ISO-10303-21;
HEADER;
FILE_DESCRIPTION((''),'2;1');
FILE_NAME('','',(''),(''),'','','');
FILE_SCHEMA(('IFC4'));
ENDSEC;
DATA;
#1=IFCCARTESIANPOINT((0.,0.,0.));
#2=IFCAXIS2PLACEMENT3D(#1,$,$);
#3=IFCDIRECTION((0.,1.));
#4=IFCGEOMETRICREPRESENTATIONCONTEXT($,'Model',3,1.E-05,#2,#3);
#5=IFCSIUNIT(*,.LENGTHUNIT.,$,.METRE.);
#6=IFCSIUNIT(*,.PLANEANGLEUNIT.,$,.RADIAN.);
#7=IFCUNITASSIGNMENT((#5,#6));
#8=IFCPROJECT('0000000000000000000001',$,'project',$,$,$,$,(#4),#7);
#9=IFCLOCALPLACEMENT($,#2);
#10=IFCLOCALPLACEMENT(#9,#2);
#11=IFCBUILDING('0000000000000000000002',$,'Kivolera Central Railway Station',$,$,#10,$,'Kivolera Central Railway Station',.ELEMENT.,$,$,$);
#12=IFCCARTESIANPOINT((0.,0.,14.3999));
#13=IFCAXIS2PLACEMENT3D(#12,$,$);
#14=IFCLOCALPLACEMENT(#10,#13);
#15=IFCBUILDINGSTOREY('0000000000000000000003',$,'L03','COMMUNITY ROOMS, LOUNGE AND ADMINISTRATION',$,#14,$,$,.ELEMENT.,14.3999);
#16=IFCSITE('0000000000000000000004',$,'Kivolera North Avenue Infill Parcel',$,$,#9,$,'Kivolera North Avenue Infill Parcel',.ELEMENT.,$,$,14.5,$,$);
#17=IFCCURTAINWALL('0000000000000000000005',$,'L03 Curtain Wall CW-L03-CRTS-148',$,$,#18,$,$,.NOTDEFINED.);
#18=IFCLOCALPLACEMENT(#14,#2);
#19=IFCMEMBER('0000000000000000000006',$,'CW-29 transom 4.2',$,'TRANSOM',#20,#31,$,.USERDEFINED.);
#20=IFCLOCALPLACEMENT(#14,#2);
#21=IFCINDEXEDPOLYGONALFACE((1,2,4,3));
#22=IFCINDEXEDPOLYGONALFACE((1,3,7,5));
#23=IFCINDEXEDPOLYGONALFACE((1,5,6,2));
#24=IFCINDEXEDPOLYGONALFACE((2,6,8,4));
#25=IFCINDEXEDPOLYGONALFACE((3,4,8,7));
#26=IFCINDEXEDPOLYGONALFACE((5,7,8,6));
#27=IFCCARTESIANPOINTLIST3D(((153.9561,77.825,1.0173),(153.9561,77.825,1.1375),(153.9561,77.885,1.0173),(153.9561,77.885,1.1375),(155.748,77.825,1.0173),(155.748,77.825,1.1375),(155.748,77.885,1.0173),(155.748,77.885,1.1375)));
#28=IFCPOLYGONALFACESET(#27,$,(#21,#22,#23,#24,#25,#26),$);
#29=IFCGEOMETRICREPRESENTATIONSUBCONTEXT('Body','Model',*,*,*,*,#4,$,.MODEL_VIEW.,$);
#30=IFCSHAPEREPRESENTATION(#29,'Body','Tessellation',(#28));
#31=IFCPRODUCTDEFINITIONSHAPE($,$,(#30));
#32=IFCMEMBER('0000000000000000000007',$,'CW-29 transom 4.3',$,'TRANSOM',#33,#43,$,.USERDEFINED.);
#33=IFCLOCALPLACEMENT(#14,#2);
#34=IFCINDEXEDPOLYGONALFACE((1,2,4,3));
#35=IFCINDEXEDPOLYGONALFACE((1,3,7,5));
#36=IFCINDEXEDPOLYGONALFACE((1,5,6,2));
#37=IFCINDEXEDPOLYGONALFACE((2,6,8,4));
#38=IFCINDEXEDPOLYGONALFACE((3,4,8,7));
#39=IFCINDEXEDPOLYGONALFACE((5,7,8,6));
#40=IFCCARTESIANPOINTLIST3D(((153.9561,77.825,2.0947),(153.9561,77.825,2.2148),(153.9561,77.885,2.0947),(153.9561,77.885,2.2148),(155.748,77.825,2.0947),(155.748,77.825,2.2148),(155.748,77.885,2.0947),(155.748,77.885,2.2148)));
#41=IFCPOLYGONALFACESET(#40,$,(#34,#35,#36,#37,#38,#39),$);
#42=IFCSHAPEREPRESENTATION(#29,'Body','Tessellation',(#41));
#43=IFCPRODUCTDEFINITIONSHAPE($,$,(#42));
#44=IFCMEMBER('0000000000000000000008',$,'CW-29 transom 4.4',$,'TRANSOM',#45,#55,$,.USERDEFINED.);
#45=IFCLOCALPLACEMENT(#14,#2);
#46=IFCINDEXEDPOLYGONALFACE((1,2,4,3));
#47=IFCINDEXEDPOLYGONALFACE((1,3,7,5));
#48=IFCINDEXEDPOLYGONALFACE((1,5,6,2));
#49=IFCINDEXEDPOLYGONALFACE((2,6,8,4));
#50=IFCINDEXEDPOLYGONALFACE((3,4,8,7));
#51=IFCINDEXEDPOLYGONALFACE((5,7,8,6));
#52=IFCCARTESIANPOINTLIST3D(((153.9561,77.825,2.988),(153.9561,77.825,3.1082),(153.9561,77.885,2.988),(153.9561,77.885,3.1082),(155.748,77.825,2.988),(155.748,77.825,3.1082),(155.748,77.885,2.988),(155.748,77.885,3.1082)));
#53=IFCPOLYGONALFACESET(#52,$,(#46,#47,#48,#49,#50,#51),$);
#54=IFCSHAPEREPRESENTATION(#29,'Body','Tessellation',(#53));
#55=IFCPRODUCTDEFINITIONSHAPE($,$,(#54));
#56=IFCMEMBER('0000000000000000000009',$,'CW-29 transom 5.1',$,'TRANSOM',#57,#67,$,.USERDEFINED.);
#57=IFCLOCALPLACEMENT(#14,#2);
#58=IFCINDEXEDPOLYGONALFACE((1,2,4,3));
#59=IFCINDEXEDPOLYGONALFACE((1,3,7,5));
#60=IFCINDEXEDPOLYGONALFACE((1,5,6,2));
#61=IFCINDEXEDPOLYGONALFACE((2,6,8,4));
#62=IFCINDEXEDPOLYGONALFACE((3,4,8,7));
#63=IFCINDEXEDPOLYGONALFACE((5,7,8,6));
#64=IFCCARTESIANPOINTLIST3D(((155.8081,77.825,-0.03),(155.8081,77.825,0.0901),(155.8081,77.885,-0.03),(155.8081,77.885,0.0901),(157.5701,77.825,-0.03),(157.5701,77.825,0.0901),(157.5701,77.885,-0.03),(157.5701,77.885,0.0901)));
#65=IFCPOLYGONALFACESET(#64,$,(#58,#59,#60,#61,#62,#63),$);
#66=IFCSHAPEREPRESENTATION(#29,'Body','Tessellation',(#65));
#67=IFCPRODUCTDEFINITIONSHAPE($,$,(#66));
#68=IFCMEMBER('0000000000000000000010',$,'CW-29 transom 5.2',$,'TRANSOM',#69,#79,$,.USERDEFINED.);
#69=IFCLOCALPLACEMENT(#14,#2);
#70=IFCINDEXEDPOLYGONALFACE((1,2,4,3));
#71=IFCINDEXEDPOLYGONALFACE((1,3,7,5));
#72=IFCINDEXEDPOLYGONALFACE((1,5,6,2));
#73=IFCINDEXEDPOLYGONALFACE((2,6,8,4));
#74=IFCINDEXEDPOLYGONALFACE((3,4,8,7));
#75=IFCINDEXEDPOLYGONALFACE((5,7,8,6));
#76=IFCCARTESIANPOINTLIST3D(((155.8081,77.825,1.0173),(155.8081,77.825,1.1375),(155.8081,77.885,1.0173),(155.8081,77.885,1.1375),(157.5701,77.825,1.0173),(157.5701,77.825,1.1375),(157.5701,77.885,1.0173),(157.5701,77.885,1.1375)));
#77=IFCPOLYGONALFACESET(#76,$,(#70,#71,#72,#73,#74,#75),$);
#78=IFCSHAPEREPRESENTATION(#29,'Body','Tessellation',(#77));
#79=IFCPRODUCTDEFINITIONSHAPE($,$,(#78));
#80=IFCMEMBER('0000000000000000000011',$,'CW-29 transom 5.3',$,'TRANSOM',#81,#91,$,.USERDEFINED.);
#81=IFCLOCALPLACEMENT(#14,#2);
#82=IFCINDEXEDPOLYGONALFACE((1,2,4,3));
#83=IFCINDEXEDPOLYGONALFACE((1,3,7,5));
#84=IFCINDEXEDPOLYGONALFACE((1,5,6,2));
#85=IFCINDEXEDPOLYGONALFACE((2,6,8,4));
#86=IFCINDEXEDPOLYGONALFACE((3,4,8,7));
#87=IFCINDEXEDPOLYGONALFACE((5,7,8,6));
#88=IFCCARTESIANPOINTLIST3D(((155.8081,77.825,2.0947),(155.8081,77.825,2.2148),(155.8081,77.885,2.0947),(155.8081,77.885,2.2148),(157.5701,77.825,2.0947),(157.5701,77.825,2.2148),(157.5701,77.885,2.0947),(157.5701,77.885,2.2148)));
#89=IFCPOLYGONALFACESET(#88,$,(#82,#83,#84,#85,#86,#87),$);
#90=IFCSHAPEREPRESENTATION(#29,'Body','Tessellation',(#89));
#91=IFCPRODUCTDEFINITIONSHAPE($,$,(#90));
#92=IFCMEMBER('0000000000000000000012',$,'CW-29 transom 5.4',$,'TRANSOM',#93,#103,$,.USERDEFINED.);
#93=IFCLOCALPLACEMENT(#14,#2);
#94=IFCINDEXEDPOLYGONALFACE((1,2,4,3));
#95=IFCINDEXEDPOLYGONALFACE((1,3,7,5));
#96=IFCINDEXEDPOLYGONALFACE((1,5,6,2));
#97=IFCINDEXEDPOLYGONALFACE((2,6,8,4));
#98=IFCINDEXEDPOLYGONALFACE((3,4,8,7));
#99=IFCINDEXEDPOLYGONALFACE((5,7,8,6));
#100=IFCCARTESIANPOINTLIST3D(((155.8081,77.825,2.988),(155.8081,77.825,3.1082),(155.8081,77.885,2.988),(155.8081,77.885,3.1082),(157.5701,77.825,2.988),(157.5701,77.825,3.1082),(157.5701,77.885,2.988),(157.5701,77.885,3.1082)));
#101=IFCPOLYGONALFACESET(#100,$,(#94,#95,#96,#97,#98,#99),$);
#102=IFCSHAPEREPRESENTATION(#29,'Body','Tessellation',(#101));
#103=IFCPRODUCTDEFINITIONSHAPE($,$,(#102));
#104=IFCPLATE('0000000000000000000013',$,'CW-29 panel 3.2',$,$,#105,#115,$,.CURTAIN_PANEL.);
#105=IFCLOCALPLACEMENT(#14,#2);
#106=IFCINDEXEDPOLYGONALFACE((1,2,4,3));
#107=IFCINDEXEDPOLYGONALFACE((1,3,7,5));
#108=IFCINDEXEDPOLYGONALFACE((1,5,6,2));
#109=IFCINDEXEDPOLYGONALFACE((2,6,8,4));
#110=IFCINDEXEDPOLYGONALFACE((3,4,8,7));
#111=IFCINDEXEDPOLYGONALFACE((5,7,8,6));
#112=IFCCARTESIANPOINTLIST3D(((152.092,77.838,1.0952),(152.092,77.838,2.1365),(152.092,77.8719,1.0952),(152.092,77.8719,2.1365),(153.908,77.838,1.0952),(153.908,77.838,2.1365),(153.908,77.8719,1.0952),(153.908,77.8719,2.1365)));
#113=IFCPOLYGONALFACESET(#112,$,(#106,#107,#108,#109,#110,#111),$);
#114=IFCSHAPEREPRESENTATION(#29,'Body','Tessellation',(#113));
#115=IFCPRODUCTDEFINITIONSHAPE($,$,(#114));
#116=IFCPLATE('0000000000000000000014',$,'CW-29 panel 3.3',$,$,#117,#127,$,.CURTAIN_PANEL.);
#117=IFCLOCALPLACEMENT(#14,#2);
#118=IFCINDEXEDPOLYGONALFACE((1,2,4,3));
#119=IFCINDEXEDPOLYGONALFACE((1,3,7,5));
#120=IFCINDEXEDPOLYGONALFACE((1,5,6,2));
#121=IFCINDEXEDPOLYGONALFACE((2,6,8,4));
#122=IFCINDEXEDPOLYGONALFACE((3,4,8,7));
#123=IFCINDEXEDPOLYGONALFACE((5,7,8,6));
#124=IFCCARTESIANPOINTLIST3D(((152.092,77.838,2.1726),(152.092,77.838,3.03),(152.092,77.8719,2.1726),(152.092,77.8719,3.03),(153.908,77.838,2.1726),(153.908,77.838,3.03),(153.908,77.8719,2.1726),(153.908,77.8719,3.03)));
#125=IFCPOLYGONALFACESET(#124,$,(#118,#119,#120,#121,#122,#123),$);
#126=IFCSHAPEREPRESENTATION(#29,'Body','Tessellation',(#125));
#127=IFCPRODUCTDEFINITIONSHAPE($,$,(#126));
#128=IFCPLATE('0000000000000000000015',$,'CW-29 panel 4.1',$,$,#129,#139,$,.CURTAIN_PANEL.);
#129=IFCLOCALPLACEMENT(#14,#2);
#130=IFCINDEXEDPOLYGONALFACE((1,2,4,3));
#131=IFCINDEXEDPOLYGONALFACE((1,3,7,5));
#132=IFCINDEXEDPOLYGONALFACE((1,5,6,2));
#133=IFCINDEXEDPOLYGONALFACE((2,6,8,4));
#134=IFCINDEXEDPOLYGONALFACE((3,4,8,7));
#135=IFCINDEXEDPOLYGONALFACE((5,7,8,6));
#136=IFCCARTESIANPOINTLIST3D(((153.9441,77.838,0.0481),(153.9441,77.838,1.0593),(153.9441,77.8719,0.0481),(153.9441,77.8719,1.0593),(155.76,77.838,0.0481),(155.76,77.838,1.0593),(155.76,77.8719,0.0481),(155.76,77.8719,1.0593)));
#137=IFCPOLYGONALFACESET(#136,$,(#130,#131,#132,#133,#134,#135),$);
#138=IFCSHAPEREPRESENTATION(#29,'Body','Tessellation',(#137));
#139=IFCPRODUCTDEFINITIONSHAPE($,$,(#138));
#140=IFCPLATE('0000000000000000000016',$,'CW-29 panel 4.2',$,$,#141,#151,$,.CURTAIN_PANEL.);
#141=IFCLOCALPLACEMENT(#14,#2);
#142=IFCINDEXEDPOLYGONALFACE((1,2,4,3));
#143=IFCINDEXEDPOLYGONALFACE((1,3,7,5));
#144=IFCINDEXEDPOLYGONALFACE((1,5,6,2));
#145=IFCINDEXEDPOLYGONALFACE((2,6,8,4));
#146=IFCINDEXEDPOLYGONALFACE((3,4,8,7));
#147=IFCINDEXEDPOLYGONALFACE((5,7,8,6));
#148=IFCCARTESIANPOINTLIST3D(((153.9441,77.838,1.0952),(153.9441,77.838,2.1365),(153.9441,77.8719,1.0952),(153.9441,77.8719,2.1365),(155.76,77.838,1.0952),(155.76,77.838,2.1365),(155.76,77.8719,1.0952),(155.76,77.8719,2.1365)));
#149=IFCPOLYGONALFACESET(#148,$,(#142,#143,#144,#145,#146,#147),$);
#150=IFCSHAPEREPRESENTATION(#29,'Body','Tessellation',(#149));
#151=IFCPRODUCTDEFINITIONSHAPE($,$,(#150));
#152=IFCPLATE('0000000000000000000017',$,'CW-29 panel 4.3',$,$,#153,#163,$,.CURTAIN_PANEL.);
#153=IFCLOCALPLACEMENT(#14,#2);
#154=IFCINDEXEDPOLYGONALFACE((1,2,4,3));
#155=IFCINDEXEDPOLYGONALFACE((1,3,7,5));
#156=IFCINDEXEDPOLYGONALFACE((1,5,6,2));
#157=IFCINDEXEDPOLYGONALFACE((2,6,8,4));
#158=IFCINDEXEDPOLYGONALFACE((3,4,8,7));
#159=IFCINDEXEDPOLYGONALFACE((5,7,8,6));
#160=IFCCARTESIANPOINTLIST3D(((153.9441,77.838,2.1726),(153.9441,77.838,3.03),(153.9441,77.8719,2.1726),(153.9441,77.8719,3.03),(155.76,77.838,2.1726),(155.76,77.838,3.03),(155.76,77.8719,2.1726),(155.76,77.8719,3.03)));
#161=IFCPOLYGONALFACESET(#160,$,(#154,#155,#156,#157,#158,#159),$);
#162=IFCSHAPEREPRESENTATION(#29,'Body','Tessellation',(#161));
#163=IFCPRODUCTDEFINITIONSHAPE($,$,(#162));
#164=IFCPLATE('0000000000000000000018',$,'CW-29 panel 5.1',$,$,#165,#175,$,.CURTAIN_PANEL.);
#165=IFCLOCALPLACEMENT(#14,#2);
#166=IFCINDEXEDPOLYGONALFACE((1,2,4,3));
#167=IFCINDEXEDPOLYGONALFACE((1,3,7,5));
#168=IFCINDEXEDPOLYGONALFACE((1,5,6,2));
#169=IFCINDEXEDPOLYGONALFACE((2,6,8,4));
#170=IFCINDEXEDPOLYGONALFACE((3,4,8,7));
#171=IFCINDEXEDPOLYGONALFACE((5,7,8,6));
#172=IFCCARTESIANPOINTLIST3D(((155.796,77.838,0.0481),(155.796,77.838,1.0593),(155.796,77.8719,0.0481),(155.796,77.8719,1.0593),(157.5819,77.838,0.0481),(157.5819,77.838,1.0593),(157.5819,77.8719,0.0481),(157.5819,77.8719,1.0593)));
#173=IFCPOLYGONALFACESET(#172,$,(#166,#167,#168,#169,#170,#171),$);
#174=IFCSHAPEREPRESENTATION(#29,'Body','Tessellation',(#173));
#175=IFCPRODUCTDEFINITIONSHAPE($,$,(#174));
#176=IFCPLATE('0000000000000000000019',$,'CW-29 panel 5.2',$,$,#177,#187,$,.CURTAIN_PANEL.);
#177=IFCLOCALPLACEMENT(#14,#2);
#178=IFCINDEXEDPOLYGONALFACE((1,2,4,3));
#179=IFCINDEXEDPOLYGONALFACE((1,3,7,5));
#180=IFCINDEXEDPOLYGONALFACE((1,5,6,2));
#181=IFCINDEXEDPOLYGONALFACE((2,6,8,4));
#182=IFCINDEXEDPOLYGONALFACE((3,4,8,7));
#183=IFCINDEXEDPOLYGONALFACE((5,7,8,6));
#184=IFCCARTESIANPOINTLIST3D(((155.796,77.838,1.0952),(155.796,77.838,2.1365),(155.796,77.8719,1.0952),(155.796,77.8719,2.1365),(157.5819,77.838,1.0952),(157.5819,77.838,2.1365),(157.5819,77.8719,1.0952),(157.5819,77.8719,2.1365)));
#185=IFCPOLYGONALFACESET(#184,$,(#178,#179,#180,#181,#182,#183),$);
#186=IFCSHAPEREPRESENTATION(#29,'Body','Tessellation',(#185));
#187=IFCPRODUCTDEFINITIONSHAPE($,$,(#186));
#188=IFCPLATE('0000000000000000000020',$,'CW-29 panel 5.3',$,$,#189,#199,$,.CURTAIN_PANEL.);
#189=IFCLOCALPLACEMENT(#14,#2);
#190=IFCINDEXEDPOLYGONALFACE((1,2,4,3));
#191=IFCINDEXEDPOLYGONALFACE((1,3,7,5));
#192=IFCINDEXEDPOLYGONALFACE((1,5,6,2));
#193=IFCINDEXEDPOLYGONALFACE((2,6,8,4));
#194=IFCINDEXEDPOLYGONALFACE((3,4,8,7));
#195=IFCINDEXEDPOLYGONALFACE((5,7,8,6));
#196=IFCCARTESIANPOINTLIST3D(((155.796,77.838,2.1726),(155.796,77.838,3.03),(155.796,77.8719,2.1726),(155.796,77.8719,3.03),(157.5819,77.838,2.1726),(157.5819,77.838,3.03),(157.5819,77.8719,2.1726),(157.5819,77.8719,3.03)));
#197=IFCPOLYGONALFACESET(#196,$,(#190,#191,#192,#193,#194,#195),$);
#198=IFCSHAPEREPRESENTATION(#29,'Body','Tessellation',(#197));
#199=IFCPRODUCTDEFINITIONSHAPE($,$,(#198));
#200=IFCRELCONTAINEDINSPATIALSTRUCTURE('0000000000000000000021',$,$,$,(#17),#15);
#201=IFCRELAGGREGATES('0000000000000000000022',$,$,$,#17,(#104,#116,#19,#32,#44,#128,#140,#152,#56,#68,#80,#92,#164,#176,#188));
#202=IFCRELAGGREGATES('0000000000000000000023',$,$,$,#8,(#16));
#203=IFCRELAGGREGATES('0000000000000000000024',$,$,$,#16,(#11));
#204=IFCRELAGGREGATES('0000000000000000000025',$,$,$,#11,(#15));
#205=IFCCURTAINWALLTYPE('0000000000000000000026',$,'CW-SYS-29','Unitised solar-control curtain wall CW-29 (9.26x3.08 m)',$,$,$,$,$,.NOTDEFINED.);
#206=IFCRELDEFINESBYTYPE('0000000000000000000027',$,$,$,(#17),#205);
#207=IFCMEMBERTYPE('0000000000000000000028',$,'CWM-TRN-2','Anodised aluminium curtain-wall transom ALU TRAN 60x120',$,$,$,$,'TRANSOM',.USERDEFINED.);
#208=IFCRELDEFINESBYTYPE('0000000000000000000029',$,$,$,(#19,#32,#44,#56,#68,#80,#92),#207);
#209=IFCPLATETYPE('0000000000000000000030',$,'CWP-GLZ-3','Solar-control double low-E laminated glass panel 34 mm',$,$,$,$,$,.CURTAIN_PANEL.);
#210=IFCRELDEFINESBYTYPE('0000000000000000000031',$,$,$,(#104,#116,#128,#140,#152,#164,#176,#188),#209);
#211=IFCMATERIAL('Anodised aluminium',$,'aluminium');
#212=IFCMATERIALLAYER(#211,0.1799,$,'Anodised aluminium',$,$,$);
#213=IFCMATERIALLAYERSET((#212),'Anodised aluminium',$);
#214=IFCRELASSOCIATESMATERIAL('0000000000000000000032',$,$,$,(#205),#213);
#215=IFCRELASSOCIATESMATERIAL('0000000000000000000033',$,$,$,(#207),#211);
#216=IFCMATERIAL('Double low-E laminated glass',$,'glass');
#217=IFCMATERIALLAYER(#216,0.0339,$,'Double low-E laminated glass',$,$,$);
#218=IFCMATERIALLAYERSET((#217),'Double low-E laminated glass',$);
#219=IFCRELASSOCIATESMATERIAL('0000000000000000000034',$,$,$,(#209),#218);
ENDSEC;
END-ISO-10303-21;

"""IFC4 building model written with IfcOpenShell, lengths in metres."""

from ifc_helpers import new_model, si_unit, direction, frame, origin, origin_2d, place, context, subcontext, project, spatial, rectangle, extrude, material, layer, layer_set, material_profile, profile_set, type_object, element, aggregate, save


model = new_model("IFC4")

# Units and contexts
model_context = context("Model", 3, precision=1e-05, world=origin(), true_north=direction((0.0, 1.0)))
body_context = subcontext(model_context, "Body", "Model", "MODEL_VIEW")
ifc_project = project(units=[si_unit("LENGTHUNIT", "METRE"), si_unit("PLANEANGLEUNIT", "RADIAN")], contexts=[model_context])

# Site, building, storey
site_placement = place(None, origin())
site = spatial("IfcSite", under=ifc_project, at=site_placement, Name="Kivolera North Avenue Infill Parcel", LongName="Kivolera North Avenue Infill Parcel", CompositionType="ELEMENT", RefElevation=14.5)
building_placement = place(site_placement, origin())
building = spatial("IfcBuilding", under=site, at=building_placement, Name="Kivolera Central Railway Station", LongName="Kivolera Central Railway Station", CompositionType="ELEMENT")
storey_placement = place(building_placement, frame((0.0, 0.0, 14.3999)))
storey = spatial("IfcBuildingStorey", under=building, at=storey_placement, Name="L03", Description="COMMUNITY ROOMS, LOUNGE AND ADMINISTRATION", CompositionType="ELEMENT", Elevation=14.3999)

# Shared definitions
ifc_material_1 = material(Name="Anodised aluminium", Category="aluminium")

# Curtain wall
ifc_layer_1 = layer(ifc_material_1, 0.1799, Name="Anodised aluminium")
ifc_layer_set_1 = layer_set([ifc_layer_1], Name="Anodised aluminium")
curtain_wall_type_1 = type_object("IfcCurtainWallType", Name="CW-SYS-29", Description="Unitised solar-control curtain wall CW-29 (9.26x3.08 m)", PredefinedType="NOTDEFINED", material=ifc_layer_set_1)
curtain_wall_1_placement = place(storey_placement, origin())
curtain_wall_1 = element("IfcCurtainWall", 1, at=curtain_wall_1_placement, inside=storey, type_object=curtain_wall_type_1, Name="L03 Curtain Wall CW-L03-CRTS-148", PredefinedType="NOTDEFINED")

# Members
ifc_material_profile_1 = material_profile(ifc_material_1, rectangle(XDim=0.0601, YDim=0.1201, at=origin_2d()), Name="ALU TRAN 60x120")
ifc_profile_set_1 = profile_set([ifc_material_profile_1], Name="Anodised aluminium")
member_type_1 = type_object("IfcMemberType", Name="CWM-TRN-2", Description="Anodised aluminium curtain-wall transom ALU TRAN 60x120", ElementType="TRANSOM", PredefinedType="USERDEFINED", material=ifc_profile_set_1)
member_1_placement = place(storey_placement, frame((153.9561, 77.855, 1.0774), z_axis=(1.0, 0.0, 0.0), x_axis=(0.0, 1.0, 0.0)))
member_1 = element("IfcMember", 2, at=member_1_placement, type_object=member_type_1, Name="CW-29 transom 4.2", ObjectType="TRANSOM", PredefinedType="USERDEFINED", context=body_context, shape_type="SweptSolid", body=[
    extrude(rectangle(XDim=0.0601, YDim=0.1201, at=origin_2d()), origin(), (0.0, 0.0, 1.0), 1.792),
])
member_2_placement = place(storey_placement, frame((153.9561, 77.855, 2.1548), z_axis=(1.0, 0.0, 0.0), x_axis=(0.0, 1.0, 0.0)))
member_2 = element("IfcMember", 3, at=member_2_placement, type_object=member_type_1, Name="CW-29 transom 4.3", ObjectType="TRANSOM", PredefinedType="USERDEFINED", context=body_context, shape_type="SweptSolid", body=[
    extrude(rectangle(XDim=0.0601, YDim=0.1201, at=origin_2d()), origin(), (0.0, 0.0, 1.0), 1.792),
])
member_3_placement = place(storey_placement, frame((153.9561, 77.855, 3.0481), z_axis=(1.0, 0.0, 0.0), x_axis=(0.0, 1.0, 0.0)))
member_3 = element("IfcMember", 4, at=member_3_placement, type_object=member_type_1, Name="CW-29 transom 4.4", ObjectType="TRANSOM", PredefinedType="USERDEFINED", context=body_context, shape_type="SweptSolid", body=[
    extrude(rectangle(XDim=0.0601, YDim=0.1201, at=origin_2d()), origin(), (0.0, 0.0, 1.0), 1.792),
])
member_4_placement = place(storey_placement, frame((155.8081, 77.855, 0.03), z_axis=(1.0, 0.0, 0.0), x_axis=(0.0, 1.0, 0.0)))
member_4 = element("IfcMember", 5, at=member_4_placement, type_object=member_type_1, Name="CW-29 transom 5.1", ObjectType="TRANSOM", PredefinedType="USERDEFINED", context=body_context, shape_type="SweptSolid", body=[
    extrude(rectangle(XDim=0.0601, YDim=0.1201, at=origin_2d()), origin(), (0.0, 0.0, 1.0), 1.762),
])
member_5_placement = place(storey_placement, frame((155.8081, 77.855, 1.0774), z_axis=(1.0, 0.0, 0.0), x_axis=(0.0, 1.0, 0.0)))
member_5 = element("IfcMember", 6, at=member_5_placement, type_object=member_type_1, Name="CW-29 transom 5.2", ObjectType="TRANSOM", PredefinedType="USERDEFINED", context=body_context, shape_type="SweptSolid", body=[
    extrude(rectangle(XDim=0.0601, YDim=0.1201, at=origin_2d()), origin(), (0.0, 0.0, 1.0), 1.762),
])
member_6_placement = place(storey_placement, frame((155.8081, 77.855, 2.1548), z_axis=(1.0, 0.0, 0.0), x_axis=(0.0, 1.0, 0.0)))
member_6 = element("IfcMember", 7, at=member_6_placement, type_object=member_type_1, Name="CW-29 transom 5.3", ObjectType="TRANSOM", PredefinedType="USERDEFINED", context=body_context, shape_type="SweptSolid", body=[
    extrude(rectangle(XDim=0.0601, YDim=0.1201, at=origin_2d()), origin(), (0.0, 0.0, 1.0), 1.762),
])
member_7_placement = place(storey_placement, frame((155.8081, 77.855, 3.0481), z_axis=(1.0, 0.0, 0.0), x_axis=(0.0, 1.0, 0.0)))
member_7 = element("IfcMember", 8, at=member_7_placement, type_object=member_type_1, Name="CW-29 transom 5.4", ObjectType="TRANSOM", PredefinedType="USERDEFINED", context=body_context, shape_type="SweptSolid", body=[
    extrude(rectangle(XDim=0.0601, YDim=0.1201, at=origin_2d()), origin(), (0.0, 0.0, 1.0), 1.762),
])

# Plates
ifc_material_2 = material(Name="Double low-E laminated glass", Category="glass")
ifc_layer_2 = layer(ifc_material_2, 0.0339, Name="Double low-E laminated glass")
ifc_layer_set_2 = layer_set([ifc_layer_2], Name="Double low-E laminated glass")
plate_type = type_object("IfcPlateType", Name="CWP-GLZ-3", Description="Solar-control double low-E laminated glass panel 34 mm", PredefinedType="CURTAIN_PANEL", material=ifc_layer_set_2)
plate_1_placement = place(storey_placement, frame((153.0, 77.855, 1.0952), z_axis=(0.0, 0.0, 1.0), x_axis=(1.0, 0.0, 0.0)))
plate_1 = element("IfcPlate", 9, at=plate_1_placement, type_object=plate_type, Name="CW-29 panel 3.2", PredefinedType="CURTAIN_PANEL", context=body_context, shape_type="SweptSolid", body=[
    extrude(rectangle(XDim=1.8159, YDim=0.0339, at=origin_2d()), origin(), (0.0, 0.0, 1.0), 1.0413),
])
plate_2_placement = place(storey_placement, frame((153.0, 77.855, 2.1726), z_axis=(0.0, 0.0, 1.0), x_axis=(1.0, 0.0, 0.0)))
plate_2 = element("IfcPlate", 10, at=plate_2_placement, type_object=plate_type, Name="CW-29 panel 3.3", PredefinedType="CURTAIN_PANEL", context=body_context, shape_type="SweptSolid", body=[
    extrude(rectangle(XDim=1.8159, YDim=0.0339, at=origin_2d()), origin(), (0.0, 0.0, 1.0), 0.8574),
])
plate_3_placement = place(storey_placement, frame((154.8521, 77.855, 0.0481), z_axis=(0.0, 0.0, 1.0), x_axis=(1.0, 0.0, 0.0)))
plate_3 = element("IfcPlate", 11, at=plate_3_placement, type_object=plate_type, Name="CW-29 panel 4.1", PredefinedType="CURTAIN_PANEL", context=body_context, shape_type="SweptSolid", body=[
    extrude(rectangle(XDim=1.8159, YDim=0.0339, at=origin_2d()), origin(), (0.0, 0.0, 1.0), 1.0112),
])
plate_4_placement = place(storey_placement, frame((154.8521, 77.855, 1.0952), z_axis=(0.0, 0.0, 1.0), x_axis=(1.0, 0.0, 0.0)))
plate_4 = element("IfcPlate", 12, at=plate_4_placement, type_object=plate_type, Name="CW-29 panel 4.2", PredefinedType="CURTAIN_PANEL", context=body_context, shape_type="SweptSolid", body=[
    extrude(rectangle(XDim=1.8159, YDim=0.0339, at=origin_2d()), origin(), (0.0, 0.0, 1.0), 1.0413),
])
plate_5_placement = place(storey_placement, frame((154.8521, 77.855, 2.1726), z_axis=(0.0, 0.0, 1.0), x_axis=(1.0, 0.0, 0.0)))
plate_5 = element("IfcPlate", 13, at=plate_5_placement, type_object=plate_type, Name="CW-29 panel 4.3", PredefinedType="CURTAIN_PANEL", context=body_context, shape_type="SweptSolid", body=[
    extrude(rectangle(XDim=1.8159, YDim=0.0339, at=origin_2d()), origin(), (0.0, 0.0, 1.0), 0.8574),
])
plate_6_placement = place(storey_placement, frame((156.689, 77.855, 0.0481), z_axis=(0.0, 0.0, 1.0), x_axis=(1.0, 0.0, 0.0)))
plate_6 = element("IfcPlate", 14, at=plate_6_placement, type_object=plate_type, Name="CW-29 panel 5.1", PredefinedType="CURTAIN_PANEL", context=body_context, shape_type="SweptSolid", body=[
    extrude(rectangle(XDim=1.7859, YDim=0.0339, at=origin_2d()), origin(), (0.0, 0.0, 1.0), 1.0112),
])
plate_7_placement = place(storey_placement, frame((156.689, 77.855, 1.0952), z_axis=(0.0, 0.0, 1.0), x_axis=(1.0, 0.0, 0.0)))
plate_7 = element("IfcPlate", 15, at=plate_7_placement, type_object=plate_type, Name="CW-29 panel 5.2", PredefinedType="CURTAIN_PANEL", context=body_context, shape_type="SweptSolid", body=[
    extrude(rectangle(XDim=1.7859, YDim=0.0339, at=origin_2d()), origin(), (0.0, 0.0, 1.0), 1.0413),
])
plate_8_placement = place(storey_placement, frame((156.689, 77.855, 2.1726), z_axis=(0.0, 0.0, 1.0), x_axis=(1.0, 0.0, 0.0)))
plate_8 = element("IfcPlate", 16, at=plate_8_placement, type_object=plate_type, Name="CW-29 panel 5.3", PredefinedType="CURTAIN_PANEL", context=body_context, shape_type="SweptSolid", body=[
    extrude(rectangle(XDim=1.7859, YDim=0.0339, at=origin_2d()), origin(), (0.0, 0.0, 1.0), 0.8574),
])
aggregate(curtain_wall_1, [plate_1, plate_2, member_1, member_2, member_3, plate_3, plate_4, plate_5, member_4, member_5, member_6, member_7, plate_6, plate_7, plate_8])

save(model, "model.ifc")
